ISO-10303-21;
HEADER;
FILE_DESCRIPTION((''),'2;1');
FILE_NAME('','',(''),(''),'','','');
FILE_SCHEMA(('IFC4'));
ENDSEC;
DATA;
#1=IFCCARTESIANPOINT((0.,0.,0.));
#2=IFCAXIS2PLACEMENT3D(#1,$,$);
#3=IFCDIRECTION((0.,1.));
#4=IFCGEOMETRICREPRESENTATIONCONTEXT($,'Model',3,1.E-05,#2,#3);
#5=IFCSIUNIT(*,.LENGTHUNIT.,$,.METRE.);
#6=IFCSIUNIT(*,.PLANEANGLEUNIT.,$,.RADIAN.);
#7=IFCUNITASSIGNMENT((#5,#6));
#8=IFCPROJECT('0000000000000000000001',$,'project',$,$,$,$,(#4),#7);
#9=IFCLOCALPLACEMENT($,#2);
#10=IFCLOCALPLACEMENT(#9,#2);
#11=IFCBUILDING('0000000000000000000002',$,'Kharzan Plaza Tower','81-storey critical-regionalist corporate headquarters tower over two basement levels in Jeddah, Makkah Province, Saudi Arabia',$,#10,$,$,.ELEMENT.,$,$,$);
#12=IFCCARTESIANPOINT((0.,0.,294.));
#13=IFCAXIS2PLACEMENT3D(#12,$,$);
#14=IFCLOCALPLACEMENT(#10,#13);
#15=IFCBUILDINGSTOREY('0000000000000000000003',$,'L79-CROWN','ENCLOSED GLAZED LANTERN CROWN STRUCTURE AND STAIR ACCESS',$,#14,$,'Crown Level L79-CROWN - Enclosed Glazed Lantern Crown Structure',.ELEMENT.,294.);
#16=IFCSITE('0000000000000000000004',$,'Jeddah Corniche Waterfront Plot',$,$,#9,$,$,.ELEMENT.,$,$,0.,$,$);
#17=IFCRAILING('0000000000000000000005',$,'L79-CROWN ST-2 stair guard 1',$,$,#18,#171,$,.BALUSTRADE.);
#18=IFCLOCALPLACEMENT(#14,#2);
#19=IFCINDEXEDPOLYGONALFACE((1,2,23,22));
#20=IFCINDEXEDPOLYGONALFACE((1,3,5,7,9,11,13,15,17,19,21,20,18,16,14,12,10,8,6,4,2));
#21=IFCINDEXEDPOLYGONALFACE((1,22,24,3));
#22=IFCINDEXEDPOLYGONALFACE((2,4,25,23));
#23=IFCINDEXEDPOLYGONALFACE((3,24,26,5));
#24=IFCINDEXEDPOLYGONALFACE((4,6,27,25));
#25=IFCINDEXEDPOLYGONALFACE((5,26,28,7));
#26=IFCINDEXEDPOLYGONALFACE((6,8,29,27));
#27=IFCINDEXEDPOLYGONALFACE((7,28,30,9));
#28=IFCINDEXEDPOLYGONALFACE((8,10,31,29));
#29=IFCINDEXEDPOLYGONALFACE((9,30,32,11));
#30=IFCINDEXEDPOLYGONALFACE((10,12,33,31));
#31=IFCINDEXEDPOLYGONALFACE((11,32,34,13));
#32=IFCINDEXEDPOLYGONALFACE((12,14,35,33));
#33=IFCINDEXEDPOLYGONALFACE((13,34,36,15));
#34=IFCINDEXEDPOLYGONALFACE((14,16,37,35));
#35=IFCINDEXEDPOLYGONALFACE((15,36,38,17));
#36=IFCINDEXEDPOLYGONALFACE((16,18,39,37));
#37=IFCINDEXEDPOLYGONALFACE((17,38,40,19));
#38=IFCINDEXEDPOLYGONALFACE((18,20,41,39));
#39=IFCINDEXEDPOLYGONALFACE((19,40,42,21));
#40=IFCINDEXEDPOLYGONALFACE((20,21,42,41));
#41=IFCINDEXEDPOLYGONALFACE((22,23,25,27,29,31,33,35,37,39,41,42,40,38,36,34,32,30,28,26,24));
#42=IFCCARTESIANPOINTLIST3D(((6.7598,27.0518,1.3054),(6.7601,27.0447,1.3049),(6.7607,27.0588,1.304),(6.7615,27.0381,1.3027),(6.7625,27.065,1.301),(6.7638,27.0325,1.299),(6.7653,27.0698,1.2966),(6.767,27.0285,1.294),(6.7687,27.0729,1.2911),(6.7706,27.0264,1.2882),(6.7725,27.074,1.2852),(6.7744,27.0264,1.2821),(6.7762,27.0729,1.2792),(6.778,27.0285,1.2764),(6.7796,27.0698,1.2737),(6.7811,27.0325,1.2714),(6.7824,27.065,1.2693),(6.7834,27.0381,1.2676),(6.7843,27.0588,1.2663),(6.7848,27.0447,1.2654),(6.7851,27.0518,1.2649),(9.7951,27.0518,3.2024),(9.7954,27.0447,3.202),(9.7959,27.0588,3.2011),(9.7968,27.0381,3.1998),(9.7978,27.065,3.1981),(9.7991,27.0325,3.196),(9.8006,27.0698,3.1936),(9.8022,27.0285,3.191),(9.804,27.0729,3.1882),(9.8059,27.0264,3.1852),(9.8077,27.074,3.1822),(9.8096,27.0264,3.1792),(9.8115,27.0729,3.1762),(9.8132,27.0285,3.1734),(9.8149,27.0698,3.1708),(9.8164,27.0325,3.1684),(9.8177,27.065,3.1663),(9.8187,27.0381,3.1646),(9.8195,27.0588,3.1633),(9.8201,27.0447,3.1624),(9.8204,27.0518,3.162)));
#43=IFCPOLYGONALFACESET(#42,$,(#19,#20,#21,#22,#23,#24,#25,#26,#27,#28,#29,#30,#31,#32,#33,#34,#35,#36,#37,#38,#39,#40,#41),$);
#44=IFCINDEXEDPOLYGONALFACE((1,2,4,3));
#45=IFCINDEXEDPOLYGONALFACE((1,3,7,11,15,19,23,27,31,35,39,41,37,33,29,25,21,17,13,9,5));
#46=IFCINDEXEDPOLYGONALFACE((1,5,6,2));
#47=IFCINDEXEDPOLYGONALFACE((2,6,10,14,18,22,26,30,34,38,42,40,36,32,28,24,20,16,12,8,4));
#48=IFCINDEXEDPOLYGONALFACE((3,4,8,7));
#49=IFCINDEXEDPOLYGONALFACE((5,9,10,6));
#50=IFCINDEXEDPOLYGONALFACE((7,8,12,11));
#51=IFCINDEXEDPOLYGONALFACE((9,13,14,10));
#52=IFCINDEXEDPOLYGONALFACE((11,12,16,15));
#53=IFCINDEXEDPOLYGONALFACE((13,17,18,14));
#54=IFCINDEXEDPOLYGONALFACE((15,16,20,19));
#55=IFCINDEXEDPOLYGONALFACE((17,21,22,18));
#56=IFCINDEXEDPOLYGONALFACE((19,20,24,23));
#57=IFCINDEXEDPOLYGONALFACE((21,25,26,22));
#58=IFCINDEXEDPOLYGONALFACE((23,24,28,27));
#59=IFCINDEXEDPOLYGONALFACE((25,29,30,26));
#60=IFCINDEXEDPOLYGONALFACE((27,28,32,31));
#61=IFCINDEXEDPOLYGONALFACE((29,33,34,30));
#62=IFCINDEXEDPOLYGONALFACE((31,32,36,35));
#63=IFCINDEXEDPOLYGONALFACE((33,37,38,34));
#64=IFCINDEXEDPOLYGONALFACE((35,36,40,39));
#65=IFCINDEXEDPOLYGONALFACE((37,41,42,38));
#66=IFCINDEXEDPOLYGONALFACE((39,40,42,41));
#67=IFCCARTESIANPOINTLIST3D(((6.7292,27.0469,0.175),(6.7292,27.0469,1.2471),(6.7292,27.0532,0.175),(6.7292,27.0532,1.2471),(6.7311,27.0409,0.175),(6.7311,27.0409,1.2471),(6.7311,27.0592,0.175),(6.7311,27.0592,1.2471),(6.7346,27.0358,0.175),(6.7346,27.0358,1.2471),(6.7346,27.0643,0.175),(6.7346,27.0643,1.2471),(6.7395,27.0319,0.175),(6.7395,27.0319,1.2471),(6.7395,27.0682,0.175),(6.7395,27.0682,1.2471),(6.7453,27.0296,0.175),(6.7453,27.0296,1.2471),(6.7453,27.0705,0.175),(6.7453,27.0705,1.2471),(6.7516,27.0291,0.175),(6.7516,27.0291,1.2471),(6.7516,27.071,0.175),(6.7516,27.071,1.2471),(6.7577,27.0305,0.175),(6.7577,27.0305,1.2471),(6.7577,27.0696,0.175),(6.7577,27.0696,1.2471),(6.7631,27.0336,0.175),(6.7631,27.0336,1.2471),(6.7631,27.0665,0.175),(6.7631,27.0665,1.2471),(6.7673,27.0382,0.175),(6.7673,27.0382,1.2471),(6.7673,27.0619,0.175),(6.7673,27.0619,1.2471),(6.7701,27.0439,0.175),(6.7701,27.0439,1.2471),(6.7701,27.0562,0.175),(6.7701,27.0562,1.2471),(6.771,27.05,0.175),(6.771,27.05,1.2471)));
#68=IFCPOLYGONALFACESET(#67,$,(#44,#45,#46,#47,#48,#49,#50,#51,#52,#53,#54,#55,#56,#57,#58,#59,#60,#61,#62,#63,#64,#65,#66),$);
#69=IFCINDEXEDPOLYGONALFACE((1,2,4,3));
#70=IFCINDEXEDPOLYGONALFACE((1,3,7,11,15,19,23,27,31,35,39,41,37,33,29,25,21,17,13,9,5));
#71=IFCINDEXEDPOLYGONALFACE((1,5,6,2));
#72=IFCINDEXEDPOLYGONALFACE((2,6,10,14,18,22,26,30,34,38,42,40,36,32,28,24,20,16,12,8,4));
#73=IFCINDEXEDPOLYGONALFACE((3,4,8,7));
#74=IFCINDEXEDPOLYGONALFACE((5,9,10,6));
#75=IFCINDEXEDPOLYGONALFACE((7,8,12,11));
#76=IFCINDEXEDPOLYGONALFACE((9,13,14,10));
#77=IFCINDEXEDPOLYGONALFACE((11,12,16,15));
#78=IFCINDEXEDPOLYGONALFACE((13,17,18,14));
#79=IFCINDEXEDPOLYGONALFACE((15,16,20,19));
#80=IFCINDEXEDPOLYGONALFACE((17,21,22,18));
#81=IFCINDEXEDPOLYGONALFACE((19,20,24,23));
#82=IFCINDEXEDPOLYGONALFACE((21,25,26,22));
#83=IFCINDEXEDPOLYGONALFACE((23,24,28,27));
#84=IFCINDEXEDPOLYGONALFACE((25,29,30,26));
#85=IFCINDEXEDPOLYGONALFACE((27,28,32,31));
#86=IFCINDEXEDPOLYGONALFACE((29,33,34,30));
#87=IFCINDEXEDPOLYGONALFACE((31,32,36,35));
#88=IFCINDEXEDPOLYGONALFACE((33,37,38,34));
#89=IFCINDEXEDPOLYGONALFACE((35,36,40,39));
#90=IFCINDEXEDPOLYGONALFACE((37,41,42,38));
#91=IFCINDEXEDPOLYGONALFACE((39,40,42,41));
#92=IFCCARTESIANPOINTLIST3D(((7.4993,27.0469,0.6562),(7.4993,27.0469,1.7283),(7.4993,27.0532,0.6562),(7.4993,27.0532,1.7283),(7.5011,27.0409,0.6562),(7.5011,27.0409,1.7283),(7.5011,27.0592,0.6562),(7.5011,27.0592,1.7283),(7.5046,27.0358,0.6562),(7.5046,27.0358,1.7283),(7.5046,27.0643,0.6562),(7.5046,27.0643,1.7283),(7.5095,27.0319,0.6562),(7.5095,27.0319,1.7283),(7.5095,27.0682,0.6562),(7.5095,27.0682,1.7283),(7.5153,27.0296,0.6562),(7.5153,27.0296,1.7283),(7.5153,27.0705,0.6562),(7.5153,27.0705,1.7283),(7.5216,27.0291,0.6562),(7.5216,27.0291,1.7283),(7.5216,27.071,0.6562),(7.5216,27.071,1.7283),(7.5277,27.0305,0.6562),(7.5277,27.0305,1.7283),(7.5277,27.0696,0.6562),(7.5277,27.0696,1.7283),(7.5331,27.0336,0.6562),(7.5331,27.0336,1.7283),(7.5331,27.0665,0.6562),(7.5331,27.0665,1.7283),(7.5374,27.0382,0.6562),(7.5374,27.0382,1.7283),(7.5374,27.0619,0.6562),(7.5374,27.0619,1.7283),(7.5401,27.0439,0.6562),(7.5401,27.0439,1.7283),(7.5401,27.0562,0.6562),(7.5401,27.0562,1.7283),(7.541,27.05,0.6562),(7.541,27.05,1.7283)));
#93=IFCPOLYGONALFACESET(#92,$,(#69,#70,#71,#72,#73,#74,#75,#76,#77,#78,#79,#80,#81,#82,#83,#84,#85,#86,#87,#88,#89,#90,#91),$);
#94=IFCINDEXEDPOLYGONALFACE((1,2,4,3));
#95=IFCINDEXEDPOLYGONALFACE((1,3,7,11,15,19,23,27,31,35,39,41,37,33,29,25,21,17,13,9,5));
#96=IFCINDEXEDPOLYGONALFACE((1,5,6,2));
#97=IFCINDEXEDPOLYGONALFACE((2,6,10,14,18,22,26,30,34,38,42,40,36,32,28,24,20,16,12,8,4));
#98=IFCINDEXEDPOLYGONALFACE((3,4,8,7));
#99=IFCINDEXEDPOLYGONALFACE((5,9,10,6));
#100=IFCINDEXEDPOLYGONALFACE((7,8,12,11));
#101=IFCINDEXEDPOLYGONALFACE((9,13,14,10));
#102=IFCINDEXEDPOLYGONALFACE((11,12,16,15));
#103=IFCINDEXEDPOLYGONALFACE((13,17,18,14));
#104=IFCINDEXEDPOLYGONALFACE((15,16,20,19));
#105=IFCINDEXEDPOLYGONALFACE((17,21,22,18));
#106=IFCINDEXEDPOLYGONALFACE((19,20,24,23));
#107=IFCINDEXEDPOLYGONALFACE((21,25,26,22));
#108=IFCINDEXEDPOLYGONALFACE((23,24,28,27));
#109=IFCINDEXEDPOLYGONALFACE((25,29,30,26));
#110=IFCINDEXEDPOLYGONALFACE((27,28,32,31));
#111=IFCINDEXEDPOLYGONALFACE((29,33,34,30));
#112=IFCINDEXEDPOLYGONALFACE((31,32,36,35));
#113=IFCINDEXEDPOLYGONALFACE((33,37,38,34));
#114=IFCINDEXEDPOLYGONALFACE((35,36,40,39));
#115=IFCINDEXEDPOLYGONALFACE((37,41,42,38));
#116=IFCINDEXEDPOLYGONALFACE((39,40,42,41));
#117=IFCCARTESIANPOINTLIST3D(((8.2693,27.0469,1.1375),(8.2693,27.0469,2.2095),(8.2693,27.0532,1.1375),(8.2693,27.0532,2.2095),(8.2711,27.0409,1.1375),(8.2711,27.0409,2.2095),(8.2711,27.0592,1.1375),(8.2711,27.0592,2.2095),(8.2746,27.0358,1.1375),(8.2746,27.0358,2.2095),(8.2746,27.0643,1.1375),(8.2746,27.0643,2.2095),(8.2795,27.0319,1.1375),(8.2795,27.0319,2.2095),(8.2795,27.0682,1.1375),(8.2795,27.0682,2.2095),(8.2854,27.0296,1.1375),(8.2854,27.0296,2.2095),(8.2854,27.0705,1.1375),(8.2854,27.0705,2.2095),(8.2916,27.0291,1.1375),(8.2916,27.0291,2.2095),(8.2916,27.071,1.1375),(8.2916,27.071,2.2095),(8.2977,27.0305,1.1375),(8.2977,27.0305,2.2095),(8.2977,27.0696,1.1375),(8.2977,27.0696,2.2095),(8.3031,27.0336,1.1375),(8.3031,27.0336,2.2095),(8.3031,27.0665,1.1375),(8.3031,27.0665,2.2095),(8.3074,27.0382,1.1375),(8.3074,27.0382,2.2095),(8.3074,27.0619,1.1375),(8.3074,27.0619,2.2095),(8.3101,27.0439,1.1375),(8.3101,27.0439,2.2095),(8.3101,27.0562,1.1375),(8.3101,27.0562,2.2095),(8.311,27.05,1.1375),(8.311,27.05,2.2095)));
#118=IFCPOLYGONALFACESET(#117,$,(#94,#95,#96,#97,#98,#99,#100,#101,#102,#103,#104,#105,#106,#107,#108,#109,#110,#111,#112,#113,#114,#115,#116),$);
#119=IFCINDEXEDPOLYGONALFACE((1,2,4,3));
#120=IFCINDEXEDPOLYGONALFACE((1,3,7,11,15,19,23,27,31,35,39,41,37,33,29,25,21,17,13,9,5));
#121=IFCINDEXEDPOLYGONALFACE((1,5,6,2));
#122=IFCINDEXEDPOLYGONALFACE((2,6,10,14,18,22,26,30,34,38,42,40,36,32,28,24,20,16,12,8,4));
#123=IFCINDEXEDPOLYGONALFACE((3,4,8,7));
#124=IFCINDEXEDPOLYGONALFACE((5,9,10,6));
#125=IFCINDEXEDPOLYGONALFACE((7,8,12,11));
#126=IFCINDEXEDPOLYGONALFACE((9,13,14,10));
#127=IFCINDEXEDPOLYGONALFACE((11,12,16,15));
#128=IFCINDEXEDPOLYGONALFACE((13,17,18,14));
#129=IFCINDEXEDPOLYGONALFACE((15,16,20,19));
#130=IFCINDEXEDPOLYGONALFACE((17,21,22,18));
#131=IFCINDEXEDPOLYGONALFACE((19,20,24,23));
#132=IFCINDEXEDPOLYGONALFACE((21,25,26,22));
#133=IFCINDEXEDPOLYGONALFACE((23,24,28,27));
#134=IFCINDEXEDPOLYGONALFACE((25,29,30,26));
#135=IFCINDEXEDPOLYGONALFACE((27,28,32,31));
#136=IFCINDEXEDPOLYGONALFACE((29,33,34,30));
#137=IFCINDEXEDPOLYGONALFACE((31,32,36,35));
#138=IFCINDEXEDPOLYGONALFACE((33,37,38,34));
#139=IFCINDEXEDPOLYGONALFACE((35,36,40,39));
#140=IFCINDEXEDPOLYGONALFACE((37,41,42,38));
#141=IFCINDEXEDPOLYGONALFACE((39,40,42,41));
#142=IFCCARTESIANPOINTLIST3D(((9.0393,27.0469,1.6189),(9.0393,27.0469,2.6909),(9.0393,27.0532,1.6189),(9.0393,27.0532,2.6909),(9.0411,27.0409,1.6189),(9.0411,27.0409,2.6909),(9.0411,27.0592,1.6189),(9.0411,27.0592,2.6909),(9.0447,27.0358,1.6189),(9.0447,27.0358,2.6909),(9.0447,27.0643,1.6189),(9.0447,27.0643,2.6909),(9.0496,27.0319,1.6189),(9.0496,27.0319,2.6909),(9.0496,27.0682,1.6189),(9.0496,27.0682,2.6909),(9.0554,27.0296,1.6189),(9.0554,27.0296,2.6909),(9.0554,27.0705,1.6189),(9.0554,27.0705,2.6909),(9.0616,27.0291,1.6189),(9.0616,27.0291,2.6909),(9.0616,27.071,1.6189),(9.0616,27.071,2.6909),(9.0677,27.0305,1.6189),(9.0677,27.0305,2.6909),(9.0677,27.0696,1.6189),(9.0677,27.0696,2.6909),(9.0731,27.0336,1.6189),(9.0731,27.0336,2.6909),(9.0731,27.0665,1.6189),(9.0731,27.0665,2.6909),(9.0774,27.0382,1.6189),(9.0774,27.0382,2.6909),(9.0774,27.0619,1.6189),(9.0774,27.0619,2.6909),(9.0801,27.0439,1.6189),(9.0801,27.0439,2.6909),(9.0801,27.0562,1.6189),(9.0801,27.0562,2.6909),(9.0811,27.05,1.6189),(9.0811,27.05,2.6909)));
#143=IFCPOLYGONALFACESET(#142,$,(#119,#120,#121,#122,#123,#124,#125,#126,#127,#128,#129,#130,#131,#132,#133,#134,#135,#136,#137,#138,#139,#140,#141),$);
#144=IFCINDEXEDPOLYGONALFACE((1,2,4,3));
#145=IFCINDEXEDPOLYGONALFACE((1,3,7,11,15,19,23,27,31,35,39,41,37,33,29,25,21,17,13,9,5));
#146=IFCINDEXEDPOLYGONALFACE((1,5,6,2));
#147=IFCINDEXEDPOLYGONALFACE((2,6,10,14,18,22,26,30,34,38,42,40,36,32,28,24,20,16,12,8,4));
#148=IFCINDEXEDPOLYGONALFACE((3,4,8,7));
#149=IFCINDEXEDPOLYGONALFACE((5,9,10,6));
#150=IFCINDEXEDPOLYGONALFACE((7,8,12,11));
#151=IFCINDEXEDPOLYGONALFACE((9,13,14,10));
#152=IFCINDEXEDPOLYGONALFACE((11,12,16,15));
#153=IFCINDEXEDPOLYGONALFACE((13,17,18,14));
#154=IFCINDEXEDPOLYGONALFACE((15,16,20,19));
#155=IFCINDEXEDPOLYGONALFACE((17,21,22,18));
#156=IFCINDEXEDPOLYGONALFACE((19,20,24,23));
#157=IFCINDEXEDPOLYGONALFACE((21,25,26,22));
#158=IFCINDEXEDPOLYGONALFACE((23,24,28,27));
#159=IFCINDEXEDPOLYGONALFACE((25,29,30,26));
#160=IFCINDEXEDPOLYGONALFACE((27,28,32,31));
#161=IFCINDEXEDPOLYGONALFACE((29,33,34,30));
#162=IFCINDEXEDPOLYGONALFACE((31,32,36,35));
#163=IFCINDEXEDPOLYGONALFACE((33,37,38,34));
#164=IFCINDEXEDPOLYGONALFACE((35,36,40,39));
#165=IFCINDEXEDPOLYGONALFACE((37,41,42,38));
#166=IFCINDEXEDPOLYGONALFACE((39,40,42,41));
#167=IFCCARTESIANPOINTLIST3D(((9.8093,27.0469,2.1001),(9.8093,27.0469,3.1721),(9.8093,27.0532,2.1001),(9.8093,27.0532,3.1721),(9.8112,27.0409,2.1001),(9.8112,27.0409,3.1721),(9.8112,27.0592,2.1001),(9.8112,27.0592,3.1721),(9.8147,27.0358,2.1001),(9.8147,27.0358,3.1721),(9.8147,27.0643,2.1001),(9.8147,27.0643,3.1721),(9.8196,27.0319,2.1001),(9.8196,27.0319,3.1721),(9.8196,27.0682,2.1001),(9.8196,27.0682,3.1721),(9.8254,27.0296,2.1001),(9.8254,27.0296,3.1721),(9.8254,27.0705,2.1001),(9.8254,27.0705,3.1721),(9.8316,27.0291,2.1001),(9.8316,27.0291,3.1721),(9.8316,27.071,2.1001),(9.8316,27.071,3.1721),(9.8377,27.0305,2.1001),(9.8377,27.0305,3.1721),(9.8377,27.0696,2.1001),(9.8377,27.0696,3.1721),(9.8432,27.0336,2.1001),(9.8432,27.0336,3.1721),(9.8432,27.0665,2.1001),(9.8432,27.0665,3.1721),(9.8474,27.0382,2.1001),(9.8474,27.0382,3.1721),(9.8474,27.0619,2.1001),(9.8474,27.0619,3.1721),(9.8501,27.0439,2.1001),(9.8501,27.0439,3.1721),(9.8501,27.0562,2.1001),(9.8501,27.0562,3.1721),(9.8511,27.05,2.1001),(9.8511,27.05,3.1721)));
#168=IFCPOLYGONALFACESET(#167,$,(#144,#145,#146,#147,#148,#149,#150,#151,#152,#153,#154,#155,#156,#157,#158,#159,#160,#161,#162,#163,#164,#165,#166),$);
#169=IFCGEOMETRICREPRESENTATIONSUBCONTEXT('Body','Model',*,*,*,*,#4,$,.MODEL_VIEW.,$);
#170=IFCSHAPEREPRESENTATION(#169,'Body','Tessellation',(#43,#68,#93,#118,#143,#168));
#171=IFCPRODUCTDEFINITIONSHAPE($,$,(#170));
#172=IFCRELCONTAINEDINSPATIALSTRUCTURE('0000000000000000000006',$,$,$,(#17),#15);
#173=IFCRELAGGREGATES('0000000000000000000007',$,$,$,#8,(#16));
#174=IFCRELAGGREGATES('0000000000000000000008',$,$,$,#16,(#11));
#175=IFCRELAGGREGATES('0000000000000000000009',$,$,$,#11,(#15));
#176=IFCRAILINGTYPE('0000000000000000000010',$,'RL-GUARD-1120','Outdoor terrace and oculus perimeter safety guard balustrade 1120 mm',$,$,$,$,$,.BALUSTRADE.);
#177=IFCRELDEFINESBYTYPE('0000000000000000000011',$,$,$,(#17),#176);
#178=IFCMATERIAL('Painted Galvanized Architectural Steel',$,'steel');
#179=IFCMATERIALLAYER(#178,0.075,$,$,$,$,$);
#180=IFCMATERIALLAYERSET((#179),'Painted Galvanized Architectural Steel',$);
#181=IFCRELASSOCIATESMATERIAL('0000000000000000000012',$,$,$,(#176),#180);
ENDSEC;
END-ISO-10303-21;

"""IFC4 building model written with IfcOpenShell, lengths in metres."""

from ifc_helpers import new_model, si_unit, direction, frame, origin, origin_2d, place, context, subcontext, project, spatial, circle, extrude, source, transform, mapped, material, layer, layer_set, type_object, element, save


model = new_model("IFC4")

# Units and contexts
model_context = context("Model", 3, precision=1e-05, world=origin(), true_north=direction((0.0, 1.0)))
body_context = subcontext(model_context, "Body", "Model", "MODEL_VIEW")
ifc_project = project(units=[si_unit("LENGTHUNIT", "METRE"), si_unit("PLANEANGLEUNIT", "RADIAN")], contexts=[model_context])

# Site, building, storey
site_placement = place(None, origin())
site = spatial("IfcSite", under=ifc_project, at=site_placement, Name="Jeddah Corniche Waterfront Plot", CompositionType="ELEMENT", RefElevation=0.0)
building_placement = place(site_placement, origin())
building = spatial("IfcBuilding", under=site, at=building_placement, Name="Kharzan Plaza Tower", Description="81-storey critical-regionalist corporate headquarters tower over two basement levels in Jeddah, Makkah Province, Saudi Arabia", CompositionType="ELEMENT")
storey_placement = place(building_placement, frame((0.0, 0.0, 294.0)))
storey = spatial("IfcBuildingStorey", under=building, at=storey_placement, Name="L79-CROWN", Description="ENCLOSED GLAZED LANTERN CROWN STRUCTURE AND STAIR ACCESS", LongName="Crown Level L79-CROWN - Enclosed Glazed Lantern Crown Structure", CompositionType="ELEMENT", Elevation=294.0)

# Railing
ifc_material_1 = material(Name="Painted Galvanized Architectural Steel", Category="steel")
ifc_layer_1 = layer(ifc_material_1, 0.075)
ifc_layer_set_1 = layer_set([ifc_layer_1], Name="Painted Galvanized Architectural Steel")
railing_type_1 = type_object("IfcRailingType", Name="RL-GUARD-1120", Description="Outdoor terrace and oculus perimeter safety guard balustrade 1120 mm", PredefinedType="BALUSTRADE", material=ifc_layer_set_1)
shared_shape_1 = source(origin(), body_context, "Body", "SweptSolid", [
    extrude(circle(Radius=0.0239, at=origin_2d()), frame((0.0225, 0.0, 1.1101), z_axis=(0.847998, 0.0, 0.529999), x_axis=(0.0, 1.0, 0.0)), (0.0, 0.0, 1.0), 3.5793),
    extrude(circle(Radius=0.021, at=origin_2d()), origin(), (0.0, 0.0, 1.0), 1.072),
    extrude(circle(Radius=0.021, at=origin_2d()), frame((0.77, 0.0, 0.4812)), (0.0, 0.0, 1.0), 1.072),
    extrude(circle(Radius=0.021, at=origin_2d()), frame((1.54, 0.0, 0.9624)), (0.0, 0.0, 1.0), 1.072),
    extrude(circle(Radius=0.021, at=origin_2d()), frame((2.3101, 0.0, 1.4438)), (0.0, 0.0, 1.0), 1.072),
    extrude(circle(Radius=0.021, at=origin_2d()), frame((3.0801, 0.0, 1.925)), (0.0, 0.0, 1.0), 1.072),
])
railing_1_placement = place(storey_placement, frame((6.75, 27.05, 0.175)))
element("IfcRailing", 1, at=railing_1_placement, inside=storey, type_object=railing_type_1, Name="L79-CROWN ST-2 stair guard 1", PredefinedType="BALUSTRADE", context=body_context, shape_type="MappedRepresentation", body=[
    mapped(shared_shape_1, transform((0.0, 0.0, 0.0), x_axis=(1.0, 0.0, 0.0), y_axis=(0.0, 1.0, 0.0), z_axis=(0.0, 0.0, 1.0))),
])

save(model, "model.ifc")
